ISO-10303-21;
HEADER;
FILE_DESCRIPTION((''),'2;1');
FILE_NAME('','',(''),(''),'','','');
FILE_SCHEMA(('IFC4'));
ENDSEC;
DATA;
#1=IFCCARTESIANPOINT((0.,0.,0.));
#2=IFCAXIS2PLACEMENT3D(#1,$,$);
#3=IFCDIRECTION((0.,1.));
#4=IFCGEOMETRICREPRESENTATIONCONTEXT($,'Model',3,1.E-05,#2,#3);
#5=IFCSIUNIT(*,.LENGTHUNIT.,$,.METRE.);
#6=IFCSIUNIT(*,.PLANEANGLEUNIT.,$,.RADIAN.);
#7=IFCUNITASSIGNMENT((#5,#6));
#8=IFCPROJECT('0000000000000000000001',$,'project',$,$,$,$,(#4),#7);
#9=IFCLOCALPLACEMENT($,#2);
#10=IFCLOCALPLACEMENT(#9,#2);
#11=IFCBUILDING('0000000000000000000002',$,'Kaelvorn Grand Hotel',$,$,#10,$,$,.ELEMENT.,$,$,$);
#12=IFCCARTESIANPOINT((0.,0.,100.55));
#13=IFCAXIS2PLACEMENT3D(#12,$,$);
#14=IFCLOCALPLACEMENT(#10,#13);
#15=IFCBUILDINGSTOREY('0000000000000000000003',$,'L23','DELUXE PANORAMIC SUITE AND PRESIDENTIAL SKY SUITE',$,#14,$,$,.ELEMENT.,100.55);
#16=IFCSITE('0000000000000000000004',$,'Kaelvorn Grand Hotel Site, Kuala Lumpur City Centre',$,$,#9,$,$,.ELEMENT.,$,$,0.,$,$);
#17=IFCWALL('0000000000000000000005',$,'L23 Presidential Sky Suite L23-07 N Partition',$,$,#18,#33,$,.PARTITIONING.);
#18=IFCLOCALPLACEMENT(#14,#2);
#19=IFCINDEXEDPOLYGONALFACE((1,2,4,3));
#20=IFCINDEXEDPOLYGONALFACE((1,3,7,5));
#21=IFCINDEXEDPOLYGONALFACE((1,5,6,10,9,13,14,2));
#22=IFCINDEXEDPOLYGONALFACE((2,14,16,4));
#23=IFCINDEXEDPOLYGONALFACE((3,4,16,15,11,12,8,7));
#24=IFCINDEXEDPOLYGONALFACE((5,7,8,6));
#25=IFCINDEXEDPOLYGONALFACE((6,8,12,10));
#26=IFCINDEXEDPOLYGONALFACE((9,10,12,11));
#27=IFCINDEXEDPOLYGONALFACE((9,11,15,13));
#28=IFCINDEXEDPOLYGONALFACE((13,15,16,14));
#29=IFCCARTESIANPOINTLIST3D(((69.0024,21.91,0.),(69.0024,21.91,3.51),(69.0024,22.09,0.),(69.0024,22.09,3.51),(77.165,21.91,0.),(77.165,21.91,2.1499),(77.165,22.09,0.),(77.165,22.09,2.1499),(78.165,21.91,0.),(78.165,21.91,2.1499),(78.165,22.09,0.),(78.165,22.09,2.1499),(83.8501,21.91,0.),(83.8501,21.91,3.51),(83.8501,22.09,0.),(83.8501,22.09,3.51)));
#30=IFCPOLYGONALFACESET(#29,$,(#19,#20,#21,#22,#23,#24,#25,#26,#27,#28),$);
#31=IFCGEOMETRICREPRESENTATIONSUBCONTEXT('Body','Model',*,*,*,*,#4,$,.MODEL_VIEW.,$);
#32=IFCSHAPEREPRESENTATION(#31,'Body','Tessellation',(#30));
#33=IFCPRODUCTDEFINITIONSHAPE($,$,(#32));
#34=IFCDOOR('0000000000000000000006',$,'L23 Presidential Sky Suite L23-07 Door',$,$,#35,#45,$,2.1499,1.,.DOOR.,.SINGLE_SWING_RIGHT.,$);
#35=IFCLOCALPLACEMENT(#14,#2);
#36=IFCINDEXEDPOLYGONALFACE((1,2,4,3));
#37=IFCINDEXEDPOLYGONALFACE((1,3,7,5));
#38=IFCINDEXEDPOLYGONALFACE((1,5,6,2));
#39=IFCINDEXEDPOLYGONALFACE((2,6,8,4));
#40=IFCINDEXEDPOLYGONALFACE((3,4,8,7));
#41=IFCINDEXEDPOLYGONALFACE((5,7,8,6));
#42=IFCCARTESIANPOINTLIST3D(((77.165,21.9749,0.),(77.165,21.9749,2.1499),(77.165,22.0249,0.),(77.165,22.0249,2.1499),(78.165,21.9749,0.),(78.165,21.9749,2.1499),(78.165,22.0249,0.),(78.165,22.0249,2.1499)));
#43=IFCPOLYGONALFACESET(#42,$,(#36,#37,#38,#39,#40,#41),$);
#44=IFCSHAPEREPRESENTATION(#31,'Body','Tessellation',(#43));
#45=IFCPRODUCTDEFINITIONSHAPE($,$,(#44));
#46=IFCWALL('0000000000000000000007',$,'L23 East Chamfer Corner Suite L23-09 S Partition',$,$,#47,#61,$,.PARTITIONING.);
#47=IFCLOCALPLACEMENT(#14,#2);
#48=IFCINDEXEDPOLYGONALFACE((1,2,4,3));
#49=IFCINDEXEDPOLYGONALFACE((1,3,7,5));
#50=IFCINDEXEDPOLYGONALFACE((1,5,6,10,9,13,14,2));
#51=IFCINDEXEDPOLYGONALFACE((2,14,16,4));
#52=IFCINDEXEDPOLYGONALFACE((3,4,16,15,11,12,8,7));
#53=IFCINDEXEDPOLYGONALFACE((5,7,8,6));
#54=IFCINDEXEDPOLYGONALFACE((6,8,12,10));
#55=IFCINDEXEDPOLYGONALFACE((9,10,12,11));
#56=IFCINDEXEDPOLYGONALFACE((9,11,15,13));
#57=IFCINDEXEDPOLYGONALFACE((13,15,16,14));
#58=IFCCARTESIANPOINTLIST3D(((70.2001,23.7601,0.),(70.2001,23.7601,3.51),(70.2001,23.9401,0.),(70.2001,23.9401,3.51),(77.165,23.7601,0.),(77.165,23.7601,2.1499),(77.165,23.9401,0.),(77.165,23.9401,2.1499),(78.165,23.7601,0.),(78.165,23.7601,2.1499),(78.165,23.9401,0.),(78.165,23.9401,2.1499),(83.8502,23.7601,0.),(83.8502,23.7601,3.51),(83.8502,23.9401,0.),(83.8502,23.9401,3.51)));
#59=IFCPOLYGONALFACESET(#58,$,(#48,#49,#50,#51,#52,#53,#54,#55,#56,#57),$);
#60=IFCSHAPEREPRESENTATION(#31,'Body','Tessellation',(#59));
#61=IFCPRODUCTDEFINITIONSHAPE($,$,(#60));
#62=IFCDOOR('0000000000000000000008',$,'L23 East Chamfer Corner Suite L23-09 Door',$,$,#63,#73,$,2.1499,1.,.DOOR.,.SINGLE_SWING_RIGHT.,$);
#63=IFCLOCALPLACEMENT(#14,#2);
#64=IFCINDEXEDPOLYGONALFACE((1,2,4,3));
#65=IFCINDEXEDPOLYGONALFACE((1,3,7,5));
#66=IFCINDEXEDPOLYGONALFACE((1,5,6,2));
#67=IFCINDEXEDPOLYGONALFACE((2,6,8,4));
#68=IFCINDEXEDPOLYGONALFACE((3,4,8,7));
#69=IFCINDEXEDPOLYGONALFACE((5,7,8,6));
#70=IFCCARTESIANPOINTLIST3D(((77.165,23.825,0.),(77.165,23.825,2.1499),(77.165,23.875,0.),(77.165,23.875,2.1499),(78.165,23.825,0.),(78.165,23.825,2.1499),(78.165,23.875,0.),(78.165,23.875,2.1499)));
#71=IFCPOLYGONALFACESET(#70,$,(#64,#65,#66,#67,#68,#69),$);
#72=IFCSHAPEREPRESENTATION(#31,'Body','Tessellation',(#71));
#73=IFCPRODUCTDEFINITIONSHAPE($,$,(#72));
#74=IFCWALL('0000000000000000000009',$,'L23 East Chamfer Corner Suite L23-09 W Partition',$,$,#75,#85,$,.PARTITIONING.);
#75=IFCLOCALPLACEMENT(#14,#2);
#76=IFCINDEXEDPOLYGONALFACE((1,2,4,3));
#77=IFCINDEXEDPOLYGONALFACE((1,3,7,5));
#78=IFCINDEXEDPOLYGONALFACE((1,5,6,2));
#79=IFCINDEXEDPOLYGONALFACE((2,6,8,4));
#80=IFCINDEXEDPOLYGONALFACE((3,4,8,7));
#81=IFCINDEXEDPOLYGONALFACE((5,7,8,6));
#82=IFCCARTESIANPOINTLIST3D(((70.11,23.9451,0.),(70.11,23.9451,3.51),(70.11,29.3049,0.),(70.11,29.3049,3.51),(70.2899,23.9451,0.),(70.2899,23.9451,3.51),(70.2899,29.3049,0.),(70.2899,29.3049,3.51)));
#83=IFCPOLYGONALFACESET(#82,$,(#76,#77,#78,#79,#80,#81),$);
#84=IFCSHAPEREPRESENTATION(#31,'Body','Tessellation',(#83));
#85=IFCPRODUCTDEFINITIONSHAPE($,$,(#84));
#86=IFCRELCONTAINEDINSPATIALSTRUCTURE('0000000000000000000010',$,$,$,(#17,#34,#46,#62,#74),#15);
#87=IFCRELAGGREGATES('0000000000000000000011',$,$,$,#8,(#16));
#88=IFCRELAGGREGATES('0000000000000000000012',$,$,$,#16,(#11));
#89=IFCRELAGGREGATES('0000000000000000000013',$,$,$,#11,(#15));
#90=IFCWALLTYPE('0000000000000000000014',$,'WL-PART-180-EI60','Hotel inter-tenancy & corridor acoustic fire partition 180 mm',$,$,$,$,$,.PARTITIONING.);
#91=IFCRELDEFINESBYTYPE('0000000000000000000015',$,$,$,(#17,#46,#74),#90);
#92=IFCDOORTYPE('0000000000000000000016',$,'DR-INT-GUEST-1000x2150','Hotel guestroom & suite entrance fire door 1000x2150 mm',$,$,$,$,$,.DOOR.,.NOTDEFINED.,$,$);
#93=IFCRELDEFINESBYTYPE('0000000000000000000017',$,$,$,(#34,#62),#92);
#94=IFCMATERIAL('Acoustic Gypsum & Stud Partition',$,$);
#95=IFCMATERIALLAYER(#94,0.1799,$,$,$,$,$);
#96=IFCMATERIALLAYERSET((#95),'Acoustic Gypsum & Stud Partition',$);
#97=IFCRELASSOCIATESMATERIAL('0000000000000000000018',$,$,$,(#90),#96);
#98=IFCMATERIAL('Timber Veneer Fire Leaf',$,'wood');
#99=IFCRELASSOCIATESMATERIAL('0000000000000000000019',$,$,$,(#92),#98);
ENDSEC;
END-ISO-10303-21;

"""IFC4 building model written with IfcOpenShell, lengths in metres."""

from ifc_helpers import new_model, si_unit, direction, frame, frame_2d, origin, place, context, subcontext, project, spatial, rectangle, extrude, material, layer, layer_set, type_object, element, fill, save


model = new_model("IFC4")

# Units and contexts
model_context = context("Model", 3, precision=1e-05, world=origin(), true_north=direction((0.0, 1.0)))
body_context = subcontext(model_context, "Body", "Model", "MODEL_VIEW")
ifc_project = project(units=[si_unit("LENGTHUNIT", "METRE"), si_unit("PLANEANGLEUNIT", "RADIAN")], contexts=[model_context])

# Site, building, storey
site_placement = place(None, origin())
site = spatial("IfcSite", under=ifc_project, at=site_placement, Name="Kaelvorn Grand Hotel Site, Kuala Lumpur City Centre", CompositionType="ELEMENT", RefElevation=0.0)
building_placement = place(site_placement, origin())
building = spatial("IfcBuilding", under=site, at=building_placement, Name="Kaelvorn Grand Hotel", CompositionType="ELEMENT")
storey_placement = place(building_placement, frame((0.0, 0.0, 100.55)))
storey = spatial("IfcBuildingStorey", under=building, at=storey_placement, Name="L23", Description="DELUXE PANORAMIC SUITE AND PRESIDENTIAL SKY SUITE", CompositionType="ELEMENT", Elevation=100.55)

# Shared definitions
ifc_material_1 = material(Name="Acoustic Gypsum & Stud Partition")

# Walls, openings, doors
ifc_layer_1 = layer(ifc_material_1, 0.1799)
ifc_layer_set_1 = layer_set([ifc_layer_1], Name="Acoustic Gypsum & Stud Partition")
wall_type_1 = type_object("IfcWallType", Name="WL-PART-180-EI60", Description="Hotel inter-tenancy & corridor acoustic fire partition 180 mm", PredefinedType="PARTITIONING", material=ifc_layer_set_1)
wall_1_placement = place(storey_placement, frame((69.0024, 22.0, 0.0), z_axis=(0.0, 0.0, 1.0), x_axis=(1.0, 0.0, 0.0)))
wall_1 = element("IfcWall", 1, at=wall_1_placement, inside=storey, type_object=wall_type_1, Name="L23 Presidential Sky Suite L23-07 N Partition", PredefinedType="PARTITIONING", context=body_context, shape_type="SweptSolid", body=[
    extrude(rectangle(XDim=14.8477, YDim=0.1799, at=frame_2d((7.4238, 0.0))), origin(), (0.0, 0.0, 1.0), 3.51),
])
opening_1_placement = place(wall_1_placement, frame((8.1626, 0.0, 0.0)))
opening_1 = element("IfcOpeningElement", 2, at=opening_1_placement, cuts=wall_1, PredefinedType="OPENING", context=body_context, shape_type="SweptSolid", body=[
    extrude(rectangle(XDim=1.0, YDim=2.1499, at=frame_2d((0.5, 1.075))), frame((0.0, 0.1001, 0.0), z_axis=(0.0, -1.0, 0.0), x_axis=(1.0, 0.0, 0.0)), (0.0, 0.0, 1.0), 0.2),
])
ifc_material_2 = material(Name="Timber Veneer Fire Leaf", Category="wood")
door_type_1 = type_object("IfcDoorType", Name="DR-INT-GUEST-1000x2150", Description="Hotel guestroom & suite entrance fire door 1000x2150 mm", OperationType="NOTDEFINED", PredefinedType="DOOR", material=ifc_material_2)
door_1_placement = place(opening_1_placement, origin())
door_1 = element("IfcDoor", 3, at=door_1_placement, inside=storey, type_object=door_type_1, Name="L23 Presidential Sky Suite L23-07 Door", OperationType="SINGLE_SWING_RIGHT", OverallHeight=2.1499, OverallWidth=1.0, PredefinedType="DOOR", context=body_context, shape_type="SweptSolid", body=[
    extrude(rectangle(XDim=1.0, YDim=2.1499, at=frame_2d((0.5, 1.075))), frame((0.0, 0.0249, 0.0), z_axis=(0.0, -1.0, 0.0), x_axis=(1.0, 0.0, 0.0)), (0.0, 0.0, 1.0), 0.05),
])
fill(opening_1, door_1)
wall_2_placement = place(storey_placement, frame((70.2, 23.8501, 0.0), z_axis=(0.0, 0.0, 1.0), x_axis=(1.0, 0.0, 0.0)))
wall_2 = element("IfcWall", 4, at=wall_2_placement, inside=storey, type_object=wall_type_1, Name="L23 East Chamfer Corner Suite L23-09 S Partition", PredefinedType="PARTITIONING", context=body_context, shape_type="SweptSolid", body=[
    extrude(rectangle(XDim=13.6501, YDim=0.1799, at=frame_2d((6.8252, 0.0))), origin(), (0.0, 0.0, 1.0), 3.51),
])
opening_2_placement = place(wall_2_placement, frame((6.9651, 0.0, 0.0)))
opening_2 = element("IfcOpeningElement", 5, at=opening_2_placement, cuts=wall_2, PredefinedType="OPENING", context=body_context, shape_type="SweptSolid", body=[
    extrude(rectangle(XDim=1.0, YDim=2.1499, at=frame_2d((0.5, 1.075))), frame((0.0, 0.1001, 0.0), z_axis=(0.0, -1.0, 0.0), x_axis=(1.0, 0.0, 0.0)), (0.0, 0.0, 1.0), 0.2),
])
door_2_placement = place(opening_2_placement, origin())
door_2 = element("IfcDoor", 6, at=door_2_placement, inside=storey, type_object=door_type_1, Name="L23 East Chamfer Corner Suite L23-09 Door", OperationType="SINGLE_SWING_RIGHT", OverallHeight=2.1499, OverallWidth=1.0, PredefinedType="DOOR", context=body_context, shape_type="SweptSolid", body=[
    extrude(rectangle(XDim=1.0, YDim=2.1499, at=frame_2d((0.5, 1.075))), frame((0.0, 0.0249, 0.0), z_axis=(0.0, -1.0, 0.0), x_axis=(1.0, 0.0, 0.0)), (0.0, 0.0, 1.0), 0.05),
])
fill(opening_2, door_2)

# Wall
wall_3_placement = place(storey_placement, frame((70.2, 23.9451, 0.0), z_axis=(0.0, 0.0, 1.0), x_axis=(0.0, 1.0, 0.0)))
element("IfcWall", 7, at=wall_3_placement, inside=storey, type_object=wall_type_1, Name="L23 East Chamfer Corner Suite L23-09 W Partition", PredefinedType="PARTITIONING", context=body_context, shape_type="SweptSolid", body=[
    extrude(rectangle(XDim=5.3599, YDim=0.1799, at=frame_2d((2.6799, 0.0))), origin(), (0.0, 0.0, 1.0), 3.51),
])

save(model, "model.ifc")
